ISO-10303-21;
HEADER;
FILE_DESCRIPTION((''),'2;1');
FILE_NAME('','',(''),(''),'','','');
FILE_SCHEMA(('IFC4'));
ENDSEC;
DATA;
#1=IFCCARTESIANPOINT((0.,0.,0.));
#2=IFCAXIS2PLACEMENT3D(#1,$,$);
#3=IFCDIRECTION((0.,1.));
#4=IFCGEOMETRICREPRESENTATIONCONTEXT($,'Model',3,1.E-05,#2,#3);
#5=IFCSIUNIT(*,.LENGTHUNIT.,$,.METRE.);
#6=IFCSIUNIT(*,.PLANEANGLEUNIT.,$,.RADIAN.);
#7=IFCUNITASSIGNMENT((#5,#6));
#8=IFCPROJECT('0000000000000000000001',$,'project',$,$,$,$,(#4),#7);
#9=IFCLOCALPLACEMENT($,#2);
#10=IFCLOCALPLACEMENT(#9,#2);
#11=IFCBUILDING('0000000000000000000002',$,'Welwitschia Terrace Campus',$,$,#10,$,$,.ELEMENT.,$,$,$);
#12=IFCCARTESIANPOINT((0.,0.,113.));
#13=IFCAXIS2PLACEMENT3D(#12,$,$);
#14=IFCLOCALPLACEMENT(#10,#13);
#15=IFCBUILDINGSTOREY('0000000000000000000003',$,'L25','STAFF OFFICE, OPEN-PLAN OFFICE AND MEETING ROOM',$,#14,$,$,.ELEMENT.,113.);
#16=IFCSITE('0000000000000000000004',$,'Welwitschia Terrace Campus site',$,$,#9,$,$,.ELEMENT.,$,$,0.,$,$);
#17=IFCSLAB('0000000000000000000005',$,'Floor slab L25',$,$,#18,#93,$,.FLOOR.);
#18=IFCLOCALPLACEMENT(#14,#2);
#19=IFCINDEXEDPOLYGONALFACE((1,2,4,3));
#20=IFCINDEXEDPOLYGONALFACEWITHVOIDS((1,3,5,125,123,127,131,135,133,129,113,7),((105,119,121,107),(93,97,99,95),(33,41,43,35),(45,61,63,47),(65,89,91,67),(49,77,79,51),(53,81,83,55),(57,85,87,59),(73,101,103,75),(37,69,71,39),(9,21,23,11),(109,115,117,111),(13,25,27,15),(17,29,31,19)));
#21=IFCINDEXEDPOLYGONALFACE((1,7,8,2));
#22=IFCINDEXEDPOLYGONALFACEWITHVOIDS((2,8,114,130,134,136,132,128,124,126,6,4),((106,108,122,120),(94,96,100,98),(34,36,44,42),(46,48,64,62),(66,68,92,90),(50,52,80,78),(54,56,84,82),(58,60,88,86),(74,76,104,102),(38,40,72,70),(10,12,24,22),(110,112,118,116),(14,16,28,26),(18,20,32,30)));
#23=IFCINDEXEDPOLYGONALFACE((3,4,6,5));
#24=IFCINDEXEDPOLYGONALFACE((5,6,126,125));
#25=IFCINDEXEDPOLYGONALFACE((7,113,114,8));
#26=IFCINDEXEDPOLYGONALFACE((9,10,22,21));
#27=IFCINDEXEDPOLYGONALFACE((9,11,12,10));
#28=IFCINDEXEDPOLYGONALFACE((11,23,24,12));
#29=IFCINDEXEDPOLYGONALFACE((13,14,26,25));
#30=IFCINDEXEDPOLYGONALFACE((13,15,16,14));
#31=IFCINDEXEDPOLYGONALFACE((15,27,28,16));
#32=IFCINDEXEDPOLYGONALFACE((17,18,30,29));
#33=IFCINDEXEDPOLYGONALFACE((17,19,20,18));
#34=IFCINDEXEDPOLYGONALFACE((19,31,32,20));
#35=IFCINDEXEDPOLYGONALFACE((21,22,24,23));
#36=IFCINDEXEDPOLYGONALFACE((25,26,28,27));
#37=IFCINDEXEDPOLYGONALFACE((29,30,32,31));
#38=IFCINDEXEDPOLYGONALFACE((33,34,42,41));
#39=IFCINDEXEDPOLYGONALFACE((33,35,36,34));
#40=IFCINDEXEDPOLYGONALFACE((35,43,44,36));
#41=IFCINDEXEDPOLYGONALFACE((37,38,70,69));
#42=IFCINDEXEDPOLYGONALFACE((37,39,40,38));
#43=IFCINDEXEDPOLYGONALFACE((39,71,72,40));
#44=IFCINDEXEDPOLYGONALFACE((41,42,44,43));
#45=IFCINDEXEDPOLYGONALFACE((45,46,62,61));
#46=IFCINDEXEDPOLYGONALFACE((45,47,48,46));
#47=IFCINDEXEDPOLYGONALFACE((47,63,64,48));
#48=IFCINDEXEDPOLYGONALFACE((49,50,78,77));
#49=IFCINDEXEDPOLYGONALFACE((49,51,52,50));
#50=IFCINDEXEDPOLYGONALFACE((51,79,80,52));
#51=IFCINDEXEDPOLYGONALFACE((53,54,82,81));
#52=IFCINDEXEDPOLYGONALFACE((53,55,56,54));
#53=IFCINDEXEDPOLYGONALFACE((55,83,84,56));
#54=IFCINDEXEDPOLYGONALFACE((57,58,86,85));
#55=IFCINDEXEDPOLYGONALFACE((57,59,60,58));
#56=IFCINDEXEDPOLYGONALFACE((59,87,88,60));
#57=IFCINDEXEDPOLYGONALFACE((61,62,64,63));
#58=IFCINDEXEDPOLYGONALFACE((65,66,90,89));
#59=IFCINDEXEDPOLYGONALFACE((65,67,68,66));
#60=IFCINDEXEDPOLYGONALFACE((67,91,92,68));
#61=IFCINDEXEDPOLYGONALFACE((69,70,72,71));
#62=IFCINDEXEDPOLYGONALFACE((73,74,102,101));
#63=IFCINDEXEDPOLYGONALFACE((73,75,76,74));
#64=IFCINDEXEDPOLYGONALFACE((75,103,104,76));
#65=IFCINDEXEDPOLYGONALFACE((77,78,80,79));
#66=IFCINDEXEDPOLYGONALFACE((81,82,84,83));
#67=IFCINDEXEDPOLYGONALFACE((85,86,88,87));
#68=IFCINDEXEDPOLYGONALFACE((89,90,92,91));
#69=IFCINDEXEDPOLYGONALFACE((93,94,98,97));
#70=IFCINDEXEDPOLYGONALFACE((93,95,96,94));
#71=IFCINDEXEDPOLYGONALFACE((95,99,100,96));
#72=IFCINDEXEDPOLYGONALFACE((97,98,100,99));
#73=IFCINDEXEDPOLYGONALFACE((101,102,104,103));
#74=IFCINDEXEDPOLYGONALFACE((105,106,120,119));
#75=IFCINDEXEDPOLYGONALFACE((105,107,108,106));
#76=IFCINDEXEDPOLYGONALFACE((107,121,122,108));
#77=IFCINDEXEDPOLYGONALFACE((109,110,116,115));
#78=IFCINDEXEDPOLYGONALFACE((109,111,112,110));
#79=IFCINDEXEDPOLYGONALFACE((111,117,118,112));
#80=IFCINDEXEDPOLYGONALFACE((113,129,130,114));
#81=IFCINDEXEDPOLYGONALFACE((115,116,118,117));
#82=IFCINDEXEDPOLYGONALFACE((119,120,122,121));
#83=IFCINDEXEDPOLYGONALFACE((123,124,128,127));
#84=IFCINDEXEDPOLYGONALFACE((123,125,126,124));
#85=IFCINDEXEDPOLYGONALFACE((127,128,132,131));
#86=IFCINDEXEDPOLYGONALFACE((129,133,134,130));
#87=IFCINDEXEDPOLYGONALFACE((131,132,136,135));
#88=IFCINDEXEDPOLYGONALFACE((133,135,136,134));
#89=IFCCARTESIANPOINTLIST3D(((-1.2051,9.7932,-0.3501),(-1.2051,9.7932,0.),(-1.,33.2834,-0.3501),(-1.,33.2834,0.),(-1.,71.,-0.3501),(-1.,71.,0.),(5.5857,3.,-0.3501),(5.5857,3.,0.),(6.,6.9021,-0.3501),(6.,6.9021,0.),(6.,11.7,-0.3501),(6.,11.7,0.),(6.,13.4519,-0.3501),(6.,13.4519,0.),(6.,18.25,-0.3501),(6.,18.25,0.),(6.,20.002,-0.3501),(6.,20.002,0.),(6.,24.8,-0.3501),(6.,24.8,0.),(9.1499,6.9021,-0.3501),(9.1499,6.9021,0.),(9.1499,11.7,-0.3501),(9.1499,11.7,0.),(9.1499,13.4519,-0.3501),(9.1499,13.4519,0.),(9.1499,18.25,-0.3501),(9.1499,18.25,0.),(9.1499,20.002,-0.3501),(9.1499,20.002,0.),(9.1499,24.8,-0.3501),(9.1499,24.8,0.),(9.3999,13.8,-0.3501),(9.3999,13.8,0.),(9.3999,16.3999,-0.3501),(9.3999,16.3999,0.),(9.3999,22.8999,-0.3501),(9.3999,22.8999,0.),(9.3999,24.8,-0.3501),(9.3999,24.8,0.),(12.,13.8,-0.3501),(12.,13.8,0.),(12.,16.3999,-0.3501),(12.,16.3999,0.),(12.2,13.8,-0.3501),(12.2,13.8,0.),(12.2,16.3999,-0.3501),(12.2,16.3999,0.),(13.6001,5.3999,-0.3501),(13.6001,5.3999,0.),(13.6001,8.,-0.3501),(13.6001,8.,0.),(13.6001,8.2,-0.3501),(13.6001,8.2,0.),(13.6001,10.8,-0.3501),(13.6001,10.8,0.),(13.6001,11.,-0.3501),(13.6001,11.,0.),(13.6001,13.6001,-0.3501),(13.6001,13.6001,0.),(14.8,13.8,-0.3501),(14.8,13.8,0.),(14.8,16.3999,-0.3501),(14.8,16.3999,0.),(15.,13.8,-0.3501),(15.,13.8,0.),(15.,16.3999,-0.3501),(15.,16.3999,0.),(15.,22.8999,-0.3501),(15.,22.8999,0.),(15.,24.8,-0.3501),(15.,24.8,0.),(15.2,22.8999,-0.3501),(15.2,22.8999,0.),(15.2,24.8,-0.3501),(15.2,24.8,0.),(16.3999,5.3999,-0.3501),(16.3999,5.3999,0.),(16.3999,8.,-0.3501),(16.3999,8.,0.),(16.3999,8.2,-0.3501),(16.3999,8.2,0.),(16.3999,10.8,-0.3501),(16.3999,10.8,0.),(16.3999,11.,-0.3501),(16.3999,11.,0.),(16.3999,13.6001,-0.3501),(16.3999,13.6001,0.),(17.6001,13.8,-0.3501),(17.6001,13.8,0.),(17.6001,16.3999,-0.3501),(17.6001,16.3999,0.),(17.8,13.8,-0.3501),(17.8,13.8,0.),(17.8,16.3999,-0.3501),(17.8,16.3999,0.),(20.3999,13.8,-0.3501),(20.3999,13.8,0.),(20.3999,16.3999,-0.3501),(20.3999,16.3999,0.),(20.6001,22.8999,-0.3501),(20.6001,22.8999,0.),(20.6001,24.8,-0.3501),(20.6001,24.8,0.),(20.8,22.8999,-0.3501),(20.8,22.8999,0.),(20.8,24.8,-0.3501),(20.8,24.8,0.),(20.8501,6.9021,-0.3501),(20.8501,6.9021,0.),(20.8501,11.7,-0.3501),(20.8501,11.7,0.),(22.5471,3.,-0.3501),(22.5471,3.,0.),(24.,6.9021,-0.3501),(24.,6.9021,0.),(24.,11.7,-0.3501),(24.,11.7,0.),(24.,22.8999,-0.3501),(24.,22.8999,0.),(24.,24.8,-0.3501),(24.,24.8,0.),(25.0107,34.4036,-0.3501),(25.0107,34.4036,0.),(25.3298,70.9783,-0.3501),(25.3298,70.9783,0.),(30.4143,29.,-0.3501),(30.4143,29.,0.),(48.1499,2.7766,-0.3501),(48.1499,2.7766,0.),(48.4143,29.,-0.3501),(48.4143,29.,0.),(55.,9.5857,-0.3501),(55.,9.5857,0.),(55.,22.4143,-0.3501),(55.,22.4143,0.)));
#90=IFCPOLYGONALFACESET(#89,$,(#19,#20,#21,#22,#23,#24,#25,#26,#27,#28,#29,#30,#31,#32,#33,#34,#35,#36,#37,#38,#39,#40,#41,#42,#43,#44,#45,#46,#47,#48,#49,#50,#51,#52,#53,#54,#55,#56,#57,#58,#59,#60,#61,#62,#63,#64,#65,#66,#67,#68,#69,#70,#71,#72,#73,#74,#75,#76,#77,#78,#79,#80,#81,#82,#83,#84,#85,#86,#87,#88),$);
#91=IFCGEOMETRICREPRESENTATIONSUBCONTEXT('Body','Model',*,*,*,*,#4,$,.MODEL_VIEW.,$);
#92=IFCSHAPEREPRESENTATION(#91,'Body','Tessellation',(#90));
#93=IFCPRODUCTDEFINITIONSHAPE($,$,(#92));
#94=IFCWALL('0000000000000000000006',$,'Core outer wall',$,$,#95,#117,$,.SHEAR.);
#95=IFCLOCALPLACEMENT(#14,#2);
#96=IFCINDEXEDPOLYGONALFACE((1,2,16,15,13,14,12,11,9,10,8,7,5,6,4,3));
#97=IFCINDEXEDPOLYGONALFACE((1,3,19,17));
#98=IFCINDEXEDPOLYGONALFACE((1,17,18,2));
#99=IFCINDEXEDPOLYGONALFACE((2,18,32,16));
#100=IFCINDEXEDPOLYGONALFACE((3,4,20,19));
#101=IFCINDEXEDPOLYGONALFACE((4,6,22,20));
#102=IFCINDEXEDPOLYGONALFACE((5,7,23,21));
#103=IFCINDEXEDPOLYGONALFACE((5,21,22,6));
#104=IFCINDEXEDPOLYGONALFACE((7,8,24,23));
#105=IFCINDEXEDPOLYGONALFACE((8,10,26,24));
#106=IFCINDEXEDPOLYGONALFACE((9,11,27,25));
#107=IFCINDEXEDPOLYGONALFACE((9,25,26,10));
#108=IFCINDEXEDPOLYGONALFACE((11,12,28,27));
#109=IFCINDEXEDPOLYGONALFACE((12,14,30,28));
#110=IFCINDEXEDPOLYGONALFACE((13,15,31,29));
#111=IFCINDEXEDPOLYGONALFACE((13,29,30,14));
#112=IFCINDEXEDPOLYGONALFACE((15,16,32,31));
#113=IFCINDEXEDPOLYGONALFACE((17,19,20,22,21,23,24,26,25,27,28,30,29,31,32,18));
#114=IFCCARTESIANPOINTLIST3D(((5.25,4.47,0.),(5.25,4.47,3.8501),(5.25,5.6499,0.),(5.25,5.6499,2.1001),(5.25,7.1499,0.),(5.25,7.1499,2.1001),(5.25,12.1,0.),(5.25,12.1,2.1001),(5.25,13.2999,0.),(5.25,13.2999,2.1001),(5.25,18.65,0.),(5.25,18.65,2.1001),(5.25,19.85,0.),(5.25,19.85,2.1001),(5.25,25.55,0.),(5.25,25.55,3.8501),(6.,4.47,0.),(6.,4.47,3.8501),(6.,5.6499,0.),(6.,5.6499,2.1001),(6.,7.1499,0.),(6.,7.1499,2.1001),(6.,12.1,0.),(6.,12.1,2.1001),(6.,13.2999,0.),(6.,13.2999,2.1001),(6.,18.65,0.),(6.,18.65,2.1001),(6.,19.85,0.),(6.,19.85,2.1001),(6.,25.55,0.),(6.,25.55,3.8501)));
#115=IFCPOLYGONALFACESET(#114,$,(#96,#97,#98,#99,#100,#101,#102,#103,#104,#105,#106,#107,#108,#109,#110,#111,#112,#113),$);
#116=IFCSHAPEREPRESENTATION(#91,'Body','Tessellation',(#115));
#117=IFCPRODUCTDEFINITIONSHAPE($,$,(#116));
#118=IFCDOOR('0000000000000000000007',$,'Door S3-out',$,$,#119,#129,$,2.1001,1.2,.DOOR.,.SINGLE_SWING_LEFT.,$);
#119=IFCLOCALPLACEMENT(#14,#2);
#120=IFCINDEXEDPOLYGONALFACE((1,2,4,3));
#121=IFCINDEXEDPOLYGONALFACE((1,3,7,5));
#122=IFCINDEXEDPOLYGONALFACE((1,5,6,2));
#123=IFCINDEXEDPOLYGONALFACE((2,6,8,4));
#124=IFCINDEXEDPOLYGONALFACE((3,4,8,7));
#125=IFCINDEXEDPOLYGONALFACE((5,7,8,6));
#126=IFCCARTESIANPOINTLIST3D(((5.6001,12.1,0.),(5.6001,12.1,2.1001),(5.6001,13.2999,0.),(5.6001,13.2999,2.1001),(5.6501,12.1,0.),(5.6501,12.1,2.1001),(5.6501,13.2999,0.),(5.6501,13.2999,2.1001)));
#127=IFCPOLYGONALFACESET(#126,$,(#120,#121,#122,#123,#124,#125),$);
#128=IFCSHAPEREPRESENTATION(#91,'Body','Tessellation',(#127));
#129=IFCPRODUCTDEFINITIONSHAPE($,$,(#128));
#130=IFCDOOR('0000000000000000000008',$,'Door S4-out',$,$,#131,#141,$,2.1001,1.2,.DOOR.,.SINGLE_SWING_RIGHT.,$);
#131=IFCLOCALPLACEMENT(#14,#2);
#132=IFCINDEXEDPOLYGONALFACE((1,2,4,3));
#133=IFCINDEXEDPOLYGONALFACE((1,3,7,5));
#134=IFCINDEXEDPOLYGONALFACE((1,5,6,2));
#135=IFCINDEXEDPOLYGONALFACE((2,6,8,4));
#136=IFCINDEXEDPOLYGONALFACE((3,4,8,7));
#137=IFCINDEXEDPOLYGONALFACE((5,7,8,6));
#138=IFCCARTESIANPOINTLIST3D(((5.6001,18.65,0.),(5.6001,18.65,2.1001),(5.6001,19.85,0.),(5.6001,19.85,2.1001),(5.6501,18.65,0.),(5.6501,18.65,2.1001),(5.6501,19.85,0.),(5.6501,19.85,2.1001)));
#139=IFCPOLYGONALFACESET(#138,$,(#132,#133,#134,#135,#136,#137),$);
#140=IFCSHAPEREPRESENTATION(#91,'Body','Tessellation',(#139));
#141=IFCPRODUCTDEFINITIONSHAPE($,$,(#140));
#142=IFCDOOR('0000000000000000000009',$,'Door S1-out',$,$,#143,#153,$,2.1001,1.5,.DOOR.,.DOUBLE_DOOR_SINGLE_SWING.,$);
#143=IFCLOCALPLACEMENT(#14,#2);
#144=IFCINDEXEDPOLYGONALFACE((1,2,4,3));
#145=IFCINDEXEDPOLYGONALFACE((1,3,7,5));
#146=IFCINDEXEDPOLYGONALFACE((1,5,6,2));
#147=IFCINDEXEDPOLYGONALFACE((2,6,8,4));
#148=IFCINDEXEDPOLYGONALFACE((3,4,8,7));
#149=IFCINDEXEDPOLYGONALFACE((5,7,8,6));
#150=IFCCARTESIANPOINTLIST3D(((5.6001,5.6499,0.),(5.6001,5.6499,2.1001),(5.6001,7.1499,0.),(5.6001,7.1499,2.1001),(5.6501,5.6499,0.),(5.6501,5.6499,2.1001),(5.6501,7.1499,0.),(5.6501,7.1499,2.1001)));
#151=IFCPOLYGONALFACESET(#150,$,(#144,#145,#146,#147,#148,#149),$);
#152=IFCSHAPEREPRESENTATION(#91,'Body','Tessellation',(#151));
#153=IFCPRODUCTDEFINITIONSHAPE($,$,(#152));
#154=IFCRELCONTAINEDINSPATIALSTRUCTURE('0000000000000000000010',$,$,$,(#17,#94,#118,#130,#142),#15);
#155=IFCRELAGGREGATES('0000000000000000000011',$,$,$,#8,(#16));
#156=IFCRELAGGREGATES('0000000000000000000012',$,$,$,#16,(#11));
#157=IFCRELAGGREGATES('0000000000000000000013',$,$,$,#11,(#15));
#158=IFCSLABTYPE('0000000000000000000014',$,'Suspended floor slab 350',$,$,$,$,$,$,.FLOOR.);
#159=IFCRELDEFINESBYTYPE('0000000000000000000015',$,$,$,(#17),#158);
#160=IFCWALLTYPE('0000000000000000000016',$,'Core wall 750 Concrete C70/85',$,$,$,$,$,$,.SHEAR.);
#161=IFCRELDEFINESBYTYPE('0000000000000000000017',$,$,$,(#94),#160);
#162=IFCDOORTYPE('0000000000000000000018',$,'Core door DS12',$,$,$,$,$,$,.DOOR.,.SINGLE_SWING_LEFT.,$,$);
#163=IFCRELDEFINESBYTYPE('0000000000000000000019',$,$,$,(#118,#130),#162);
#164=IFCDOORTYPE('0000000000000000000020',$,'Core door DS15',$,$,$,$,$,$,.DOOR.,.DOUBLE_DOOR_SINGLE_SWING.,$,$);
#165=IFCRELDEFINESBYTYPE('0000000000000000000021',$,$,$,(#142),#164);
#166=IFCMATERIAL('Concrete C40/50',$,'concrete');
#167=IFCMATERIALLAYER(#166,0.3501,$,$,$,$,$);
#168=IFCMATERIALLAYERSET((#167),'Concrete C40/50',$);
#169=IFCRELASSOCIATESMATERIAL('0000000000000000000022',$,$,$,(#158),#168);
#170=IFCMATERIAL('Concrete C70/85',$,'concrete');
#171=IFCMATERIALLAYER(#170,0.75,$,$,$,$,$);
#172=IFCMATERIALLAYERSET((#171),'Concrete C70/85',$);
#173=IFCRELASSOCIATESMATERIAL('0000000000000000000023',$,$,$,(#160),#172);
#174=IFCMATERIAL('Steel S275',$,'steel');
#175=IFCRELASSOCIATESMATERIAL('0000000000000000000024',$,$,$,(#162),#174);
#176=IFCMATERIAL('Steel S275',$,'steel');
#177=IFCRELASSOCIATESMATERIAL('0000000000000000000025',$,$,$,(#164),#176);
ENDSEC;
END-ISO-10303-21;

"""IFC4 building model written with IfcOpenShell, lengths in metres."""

from ifc_helpers import new_model, si_unit, direction, frame, frame_2d, origin, place, context, subcontext, project, spatial, polyline, rectangle, outline, extrude, material, layer, layer_set, type_object, element, fill, save


model = new_model("IFC4")

# Units and contexts
model_context = context("Model", 3, precision=1e-05, world=origin(), true_north=direction((0.0, 1.0)))
body_context = subcontext(model_context, "Body", "Model", "MODEL_VIEW")
ifc_project = project(units=[si_unit("LENGTHUNIT", "METRE"), si_unit("PLANEANGLEUNIT", "RADIAN")], contexts=[model_context])

# Site, building, storey
site_placement = place(None, origin())
site = spatial("IfcSite", under=ifc_project, at=site_placement, Name="Welwitschia Terrace Campus site", CompositionType="ELEMENT", RefElevation=0.0)
building_placement = place(site_placement, origin())
building = spatial("IfcBuilding", under=site, at=building_placement, Name="Welwitschia Terrace Campus", CompositionType="ELEMENT")
storey_placement = place(building_placement, frame((0.0, 0.0, 113.0)))
storey = spatial("IfcBuildingStorey", under=building, at=storey_placement, Name="L25", Description="STAFF OFFICE, OPEN-PLAN OFFICE AND MEETING ROOM", CompositionType="ELEMENT", Elevation=113.0)

# Slab
ifc_material_1 = material(Name="Concrete C40/50", Category="concrete")
ifc_layer_1 = layer(ifc_material_1, 0.3501)
ifc_layer_set_1 = layer_set([ifc_layer_1], Name="Concrete C40/50")
slab_type_1 = type_object("IfcSlabType", Name="Suspended floor slab 350", PredefinedType="FLOOR", material=ifc_layer_set_1)
slab_1_placement = place(storey_placement, frame((0.0, 0.0, -0.3501)))
element("IfcSlab", 1, at=slab_1_placement, inside=storey, type_object=slab_type_1, Name="Floor slab L25", PredefinedType="FLOOR", context=body_context, shape_type="SweptSolid", body=[
    extrude(outline(polyline([(25.0107, 34.4036), (30.4143, 29.0), (48.4143, 29.0), (55.0, 22.4143), (55.0, 9.5857), (48.1499, 2.7766), (22.5471, 3.0), (5.5857, 3.0), (-1.2051, 9.7932), (-1.0, 33.2834), (-1.0, 71.0), (25.3298, 70.9783), (25.0107, 34.4036)]), holes=[polyline([(13.6001, 8.0), (13.6001, 5.3999), (16.3999, 5.3999), (16.3999, 8.0), (13.6001, 8.0)]), polyline([(9.1499, 11.7), (6.0, 11.7), (6.0, 6.9021), (9.1499, 6.9021), (9.1499, 11.7)]), polyline([(12.0, 16.3999), (9.3999, 16.3999), (9.3999, 13.8), (12.0, 13.8), (12.0, 16.3999)]), polyline([(14.8, 16.3999), (12.2, 16.3999), (12.2, 13.8), (14.8, 13.8), (14.8, 16.3999)]), polyline([(9.1499, 18.25), (6.0, 18.25), (6.0, 13.4519), (9.1499, 13.4519), (9.1499, 18.25)]), polyline([(9.1499, 24.8), (6.0, 24.8), (6.0, 20.002), (9.1499, 20.002), (9.1499, 24.8)]), polyline([(15.0, 24.8), (9.3999, 24.8), (9.3999, 22.8999), (15.0, 22.8999), (15.0, 24.8)]), polyline([(20.8501, 11.7), (20.8501, 6.9021), (24.0, 6.9021), (24.0, 11.7), (20.8501, 11.7)]), polyline([(16.3999, 10.8), (13.6001, 10.8), (13.6001, 8.2), (16.3999, 8.2), (16.3999, 10.8)]), polyline([(16.3999, 13.6001), (13.6001, 13.6001), (13.6001, 11.0), (16.3999, 11.0), (16.3999, 13.6001)]), polyline([(17.6001, 16.3999), (15.0, 16.3999), (15.0, 13.8), (17.6001, 13.8), (17.6001, 16.3999)]), polyline([(20.3999, 16.3999), (17.8, 16.3999), (17.8, 13.8), (20.3999, 13.8), (20.3999, 16.3999)]), polyline([(20.6001, 24.8), (15.2, 24.8), (15.2, 22.8999), (20.6001, 22.8999), (20.6001, 24.8)]), polyline([(24.0, 24.8), (20.8, 24.8), (20.8, 22.8999), (24.0, 22.8999), (24.0, 24.8)])]), origin(), (0.0, 0.0, 1.0), 0.3501),
])

# Wall, openings, doors
ifc_material_2 = material(Name="Concrete C70/85", Category="concrete")
ifc_layer_2 = layer(ifc_material_2, 0.75)
ifc_layer_set_2 = layer_set([ifc_layer_2], Name="Concrete C70/85")
wall_type_1 = type_object("IfcWallType", Name="Core wall 750 Concrete C70/85", PredefinedType="SHEAR", material=ifc_layer_set_2)
wall_1_placement = place(storey_placement, frame((5.625, 4.47, 0.0), z_axis=(0.0, 0.0, 1.0), x_axis=(0.0, 1.0, 0.0)))
wall_1 = element("IfcWall", 2, at=wall_1_placement, inside=storey, type_object=wall_type_1, Name="Core outer wall", PredefinedType="SHEAR", context=body_context, shape_type="SweptSolid", body=[
    extrude(rectangle(XDim=21.0801, YDim=0.75, at=frame_2d((10.54, 0.0))), origin(), (0.0, 0.0, 1.0), 3.8501),
])
opening_1_placement = place(wall_1_placement, frame((1.1799, 0.0, 0.0)))
opening_1 = element("IfcOpeningElement", 3, at=opening_1_placement, cuts=wall_1, PredefinedType="OPENING", context=body_context, shape_type="SweptSolid", body=[
    extrude(rectangle(XDim=1.5, YDim=2.1001, at=frame_2d((0.75, 1.05))), frame((0.0, 0.385, 0.0), z_axis=(0.0, -1.0, 0.0), x_axis=(1.0, 0.0, 0.0)), (0.0, 0.0, 1.0), 0.77),
])
opening_2_placement = place(wall_1_placement, frame((7.6299, 0.0, 0.0)))
opening_2 = element("IfcOpeningElement", 4, at=opening_2_placement, cuts=wall_1, PredefinedType="OPENING", context=body_context, shape_type="SweptSolid", body=[
    extrude(rectangle(XDim=1.2, YDim=2.1001, at=frame_2d((0.6001, 1.05))), frame((0.0, 0.385, 0.0), z_axis=(0.0, -1.0, 0.0), x_axis=(1.0, 0.0, 0.0)), (0.0, 0.0, 1.0), 0.77),
])
opening_3_placement = place(wall_1_placement, frame((14.1799, 0.0, 0.0)))
opening_3 = element("IfcOpeningElement", 5, at=opening_3_placement, cuts=wall_1, PredefinedType="OPENING", context=body_context, shape_type="SweptSolid", body=[
    extrude(rectangle(XDim=1.2, YDim=2.1001, at=frame_2d((0.6001, 1.05))), frame((0.0, 0.385, 0.0), z_axis=(0.0, -1.0, 0.0), x_axis=(1.0, 0.0, 0.0)), (0.0, 0.0, 1.0), 0.77),
])
ifc_material_3 = material(Name="Steel S275", Category="steel")
door_type_1 = type_object("IfcDoorType", Name="Core door DS12", OperationType="SINGLE_SWING_LEFT", PredefinedType="DOOR", material=ifc_material_3)
door_1_placement = place(opening_2_placement, origin())
door_1 = element("IfcDoor", 6, at=door_1_placement, inside=storey, type_object=door_type_1, Name="Door S3-out", OperationType="SINGLE_SWING_LEFT", OverallHeight=2.1001, OverallWidth=1.2, PredefinedType="DOOR", context=body_context, shape_type="SweptSolid", body=[
    extrude(rectangle(XDim=1.2, YDim=2.1001, at=frame_2d((0.6001, 1.05))), frame((0.0, 0.0249, 0.0), z_axis=(0.0, -1.0, 0.0), x_axis=(1.0, 0.0, 0.0)), (0.0, 0.0, 1.0), 0.05),
])
fill(opening_2, door_1)
door_2_placement = place(opening_3_placement, origin())
door_2 = element("IfcDoor", 7, at=door_2_placement, inside=storey, type_object=door_type_1, Name="Door S4-out", OperationType="SINGLE_SWING_RIGHT", OverallHeight=2.1001, OverallWidth=1.2, PredefinedType="DOOR", context=body_context, shape_type="SweptSolid", body=[
    extrude(rectangle(XDim=1.2, YDim=2.1001, at=frame_2d((0.6001, 1.05))), frame((0.0, 0.0249, 0.0), z_axis=(0.0, -1.0, 0.0), x_axis=(1.0, 0.0, 0.0)), (0.0, 0.0, 1.0), 0.05),
])
fill(opening_3, door_2)
ifc_material_4 = material(Name="Steel S275", Category="steel")
door_type_2 = type_object("IfcDoorType", Name="Core door DS15", OperationType="DOUBLE_DOOR_SINGLE_SWING", PredefinedType="DOOR", material=ifc_material_4)
door_3_placement = place(opening_1_placement, origin())
door_3 = element("IfcDoor", 8, at=door_3_placement, inside=storey, type_object=door_type_2, Name="Door S1-out", OperationType="DOUBLE_DOOR_SINGLE_SWING", OverallHeight=2.1001, OverallWidth=1.5, PredefinedType="DOOR", context=body_context, shape_type="SweptSolid", body=[
    extrude(rectangle(XDim=1.5, YDim=2.1001, at=frame_2d((0.75, 1.05))), frame((0.0, 0.0249, 0.0), z_axis=(0.0, -1.0, 0.0), x_axis=(1.0, 0.0, 0.0)), (0.0, 0.0, 1.0), 0.05),
])
fill(opening_1, door_3)

save(model, "model.ifc")
